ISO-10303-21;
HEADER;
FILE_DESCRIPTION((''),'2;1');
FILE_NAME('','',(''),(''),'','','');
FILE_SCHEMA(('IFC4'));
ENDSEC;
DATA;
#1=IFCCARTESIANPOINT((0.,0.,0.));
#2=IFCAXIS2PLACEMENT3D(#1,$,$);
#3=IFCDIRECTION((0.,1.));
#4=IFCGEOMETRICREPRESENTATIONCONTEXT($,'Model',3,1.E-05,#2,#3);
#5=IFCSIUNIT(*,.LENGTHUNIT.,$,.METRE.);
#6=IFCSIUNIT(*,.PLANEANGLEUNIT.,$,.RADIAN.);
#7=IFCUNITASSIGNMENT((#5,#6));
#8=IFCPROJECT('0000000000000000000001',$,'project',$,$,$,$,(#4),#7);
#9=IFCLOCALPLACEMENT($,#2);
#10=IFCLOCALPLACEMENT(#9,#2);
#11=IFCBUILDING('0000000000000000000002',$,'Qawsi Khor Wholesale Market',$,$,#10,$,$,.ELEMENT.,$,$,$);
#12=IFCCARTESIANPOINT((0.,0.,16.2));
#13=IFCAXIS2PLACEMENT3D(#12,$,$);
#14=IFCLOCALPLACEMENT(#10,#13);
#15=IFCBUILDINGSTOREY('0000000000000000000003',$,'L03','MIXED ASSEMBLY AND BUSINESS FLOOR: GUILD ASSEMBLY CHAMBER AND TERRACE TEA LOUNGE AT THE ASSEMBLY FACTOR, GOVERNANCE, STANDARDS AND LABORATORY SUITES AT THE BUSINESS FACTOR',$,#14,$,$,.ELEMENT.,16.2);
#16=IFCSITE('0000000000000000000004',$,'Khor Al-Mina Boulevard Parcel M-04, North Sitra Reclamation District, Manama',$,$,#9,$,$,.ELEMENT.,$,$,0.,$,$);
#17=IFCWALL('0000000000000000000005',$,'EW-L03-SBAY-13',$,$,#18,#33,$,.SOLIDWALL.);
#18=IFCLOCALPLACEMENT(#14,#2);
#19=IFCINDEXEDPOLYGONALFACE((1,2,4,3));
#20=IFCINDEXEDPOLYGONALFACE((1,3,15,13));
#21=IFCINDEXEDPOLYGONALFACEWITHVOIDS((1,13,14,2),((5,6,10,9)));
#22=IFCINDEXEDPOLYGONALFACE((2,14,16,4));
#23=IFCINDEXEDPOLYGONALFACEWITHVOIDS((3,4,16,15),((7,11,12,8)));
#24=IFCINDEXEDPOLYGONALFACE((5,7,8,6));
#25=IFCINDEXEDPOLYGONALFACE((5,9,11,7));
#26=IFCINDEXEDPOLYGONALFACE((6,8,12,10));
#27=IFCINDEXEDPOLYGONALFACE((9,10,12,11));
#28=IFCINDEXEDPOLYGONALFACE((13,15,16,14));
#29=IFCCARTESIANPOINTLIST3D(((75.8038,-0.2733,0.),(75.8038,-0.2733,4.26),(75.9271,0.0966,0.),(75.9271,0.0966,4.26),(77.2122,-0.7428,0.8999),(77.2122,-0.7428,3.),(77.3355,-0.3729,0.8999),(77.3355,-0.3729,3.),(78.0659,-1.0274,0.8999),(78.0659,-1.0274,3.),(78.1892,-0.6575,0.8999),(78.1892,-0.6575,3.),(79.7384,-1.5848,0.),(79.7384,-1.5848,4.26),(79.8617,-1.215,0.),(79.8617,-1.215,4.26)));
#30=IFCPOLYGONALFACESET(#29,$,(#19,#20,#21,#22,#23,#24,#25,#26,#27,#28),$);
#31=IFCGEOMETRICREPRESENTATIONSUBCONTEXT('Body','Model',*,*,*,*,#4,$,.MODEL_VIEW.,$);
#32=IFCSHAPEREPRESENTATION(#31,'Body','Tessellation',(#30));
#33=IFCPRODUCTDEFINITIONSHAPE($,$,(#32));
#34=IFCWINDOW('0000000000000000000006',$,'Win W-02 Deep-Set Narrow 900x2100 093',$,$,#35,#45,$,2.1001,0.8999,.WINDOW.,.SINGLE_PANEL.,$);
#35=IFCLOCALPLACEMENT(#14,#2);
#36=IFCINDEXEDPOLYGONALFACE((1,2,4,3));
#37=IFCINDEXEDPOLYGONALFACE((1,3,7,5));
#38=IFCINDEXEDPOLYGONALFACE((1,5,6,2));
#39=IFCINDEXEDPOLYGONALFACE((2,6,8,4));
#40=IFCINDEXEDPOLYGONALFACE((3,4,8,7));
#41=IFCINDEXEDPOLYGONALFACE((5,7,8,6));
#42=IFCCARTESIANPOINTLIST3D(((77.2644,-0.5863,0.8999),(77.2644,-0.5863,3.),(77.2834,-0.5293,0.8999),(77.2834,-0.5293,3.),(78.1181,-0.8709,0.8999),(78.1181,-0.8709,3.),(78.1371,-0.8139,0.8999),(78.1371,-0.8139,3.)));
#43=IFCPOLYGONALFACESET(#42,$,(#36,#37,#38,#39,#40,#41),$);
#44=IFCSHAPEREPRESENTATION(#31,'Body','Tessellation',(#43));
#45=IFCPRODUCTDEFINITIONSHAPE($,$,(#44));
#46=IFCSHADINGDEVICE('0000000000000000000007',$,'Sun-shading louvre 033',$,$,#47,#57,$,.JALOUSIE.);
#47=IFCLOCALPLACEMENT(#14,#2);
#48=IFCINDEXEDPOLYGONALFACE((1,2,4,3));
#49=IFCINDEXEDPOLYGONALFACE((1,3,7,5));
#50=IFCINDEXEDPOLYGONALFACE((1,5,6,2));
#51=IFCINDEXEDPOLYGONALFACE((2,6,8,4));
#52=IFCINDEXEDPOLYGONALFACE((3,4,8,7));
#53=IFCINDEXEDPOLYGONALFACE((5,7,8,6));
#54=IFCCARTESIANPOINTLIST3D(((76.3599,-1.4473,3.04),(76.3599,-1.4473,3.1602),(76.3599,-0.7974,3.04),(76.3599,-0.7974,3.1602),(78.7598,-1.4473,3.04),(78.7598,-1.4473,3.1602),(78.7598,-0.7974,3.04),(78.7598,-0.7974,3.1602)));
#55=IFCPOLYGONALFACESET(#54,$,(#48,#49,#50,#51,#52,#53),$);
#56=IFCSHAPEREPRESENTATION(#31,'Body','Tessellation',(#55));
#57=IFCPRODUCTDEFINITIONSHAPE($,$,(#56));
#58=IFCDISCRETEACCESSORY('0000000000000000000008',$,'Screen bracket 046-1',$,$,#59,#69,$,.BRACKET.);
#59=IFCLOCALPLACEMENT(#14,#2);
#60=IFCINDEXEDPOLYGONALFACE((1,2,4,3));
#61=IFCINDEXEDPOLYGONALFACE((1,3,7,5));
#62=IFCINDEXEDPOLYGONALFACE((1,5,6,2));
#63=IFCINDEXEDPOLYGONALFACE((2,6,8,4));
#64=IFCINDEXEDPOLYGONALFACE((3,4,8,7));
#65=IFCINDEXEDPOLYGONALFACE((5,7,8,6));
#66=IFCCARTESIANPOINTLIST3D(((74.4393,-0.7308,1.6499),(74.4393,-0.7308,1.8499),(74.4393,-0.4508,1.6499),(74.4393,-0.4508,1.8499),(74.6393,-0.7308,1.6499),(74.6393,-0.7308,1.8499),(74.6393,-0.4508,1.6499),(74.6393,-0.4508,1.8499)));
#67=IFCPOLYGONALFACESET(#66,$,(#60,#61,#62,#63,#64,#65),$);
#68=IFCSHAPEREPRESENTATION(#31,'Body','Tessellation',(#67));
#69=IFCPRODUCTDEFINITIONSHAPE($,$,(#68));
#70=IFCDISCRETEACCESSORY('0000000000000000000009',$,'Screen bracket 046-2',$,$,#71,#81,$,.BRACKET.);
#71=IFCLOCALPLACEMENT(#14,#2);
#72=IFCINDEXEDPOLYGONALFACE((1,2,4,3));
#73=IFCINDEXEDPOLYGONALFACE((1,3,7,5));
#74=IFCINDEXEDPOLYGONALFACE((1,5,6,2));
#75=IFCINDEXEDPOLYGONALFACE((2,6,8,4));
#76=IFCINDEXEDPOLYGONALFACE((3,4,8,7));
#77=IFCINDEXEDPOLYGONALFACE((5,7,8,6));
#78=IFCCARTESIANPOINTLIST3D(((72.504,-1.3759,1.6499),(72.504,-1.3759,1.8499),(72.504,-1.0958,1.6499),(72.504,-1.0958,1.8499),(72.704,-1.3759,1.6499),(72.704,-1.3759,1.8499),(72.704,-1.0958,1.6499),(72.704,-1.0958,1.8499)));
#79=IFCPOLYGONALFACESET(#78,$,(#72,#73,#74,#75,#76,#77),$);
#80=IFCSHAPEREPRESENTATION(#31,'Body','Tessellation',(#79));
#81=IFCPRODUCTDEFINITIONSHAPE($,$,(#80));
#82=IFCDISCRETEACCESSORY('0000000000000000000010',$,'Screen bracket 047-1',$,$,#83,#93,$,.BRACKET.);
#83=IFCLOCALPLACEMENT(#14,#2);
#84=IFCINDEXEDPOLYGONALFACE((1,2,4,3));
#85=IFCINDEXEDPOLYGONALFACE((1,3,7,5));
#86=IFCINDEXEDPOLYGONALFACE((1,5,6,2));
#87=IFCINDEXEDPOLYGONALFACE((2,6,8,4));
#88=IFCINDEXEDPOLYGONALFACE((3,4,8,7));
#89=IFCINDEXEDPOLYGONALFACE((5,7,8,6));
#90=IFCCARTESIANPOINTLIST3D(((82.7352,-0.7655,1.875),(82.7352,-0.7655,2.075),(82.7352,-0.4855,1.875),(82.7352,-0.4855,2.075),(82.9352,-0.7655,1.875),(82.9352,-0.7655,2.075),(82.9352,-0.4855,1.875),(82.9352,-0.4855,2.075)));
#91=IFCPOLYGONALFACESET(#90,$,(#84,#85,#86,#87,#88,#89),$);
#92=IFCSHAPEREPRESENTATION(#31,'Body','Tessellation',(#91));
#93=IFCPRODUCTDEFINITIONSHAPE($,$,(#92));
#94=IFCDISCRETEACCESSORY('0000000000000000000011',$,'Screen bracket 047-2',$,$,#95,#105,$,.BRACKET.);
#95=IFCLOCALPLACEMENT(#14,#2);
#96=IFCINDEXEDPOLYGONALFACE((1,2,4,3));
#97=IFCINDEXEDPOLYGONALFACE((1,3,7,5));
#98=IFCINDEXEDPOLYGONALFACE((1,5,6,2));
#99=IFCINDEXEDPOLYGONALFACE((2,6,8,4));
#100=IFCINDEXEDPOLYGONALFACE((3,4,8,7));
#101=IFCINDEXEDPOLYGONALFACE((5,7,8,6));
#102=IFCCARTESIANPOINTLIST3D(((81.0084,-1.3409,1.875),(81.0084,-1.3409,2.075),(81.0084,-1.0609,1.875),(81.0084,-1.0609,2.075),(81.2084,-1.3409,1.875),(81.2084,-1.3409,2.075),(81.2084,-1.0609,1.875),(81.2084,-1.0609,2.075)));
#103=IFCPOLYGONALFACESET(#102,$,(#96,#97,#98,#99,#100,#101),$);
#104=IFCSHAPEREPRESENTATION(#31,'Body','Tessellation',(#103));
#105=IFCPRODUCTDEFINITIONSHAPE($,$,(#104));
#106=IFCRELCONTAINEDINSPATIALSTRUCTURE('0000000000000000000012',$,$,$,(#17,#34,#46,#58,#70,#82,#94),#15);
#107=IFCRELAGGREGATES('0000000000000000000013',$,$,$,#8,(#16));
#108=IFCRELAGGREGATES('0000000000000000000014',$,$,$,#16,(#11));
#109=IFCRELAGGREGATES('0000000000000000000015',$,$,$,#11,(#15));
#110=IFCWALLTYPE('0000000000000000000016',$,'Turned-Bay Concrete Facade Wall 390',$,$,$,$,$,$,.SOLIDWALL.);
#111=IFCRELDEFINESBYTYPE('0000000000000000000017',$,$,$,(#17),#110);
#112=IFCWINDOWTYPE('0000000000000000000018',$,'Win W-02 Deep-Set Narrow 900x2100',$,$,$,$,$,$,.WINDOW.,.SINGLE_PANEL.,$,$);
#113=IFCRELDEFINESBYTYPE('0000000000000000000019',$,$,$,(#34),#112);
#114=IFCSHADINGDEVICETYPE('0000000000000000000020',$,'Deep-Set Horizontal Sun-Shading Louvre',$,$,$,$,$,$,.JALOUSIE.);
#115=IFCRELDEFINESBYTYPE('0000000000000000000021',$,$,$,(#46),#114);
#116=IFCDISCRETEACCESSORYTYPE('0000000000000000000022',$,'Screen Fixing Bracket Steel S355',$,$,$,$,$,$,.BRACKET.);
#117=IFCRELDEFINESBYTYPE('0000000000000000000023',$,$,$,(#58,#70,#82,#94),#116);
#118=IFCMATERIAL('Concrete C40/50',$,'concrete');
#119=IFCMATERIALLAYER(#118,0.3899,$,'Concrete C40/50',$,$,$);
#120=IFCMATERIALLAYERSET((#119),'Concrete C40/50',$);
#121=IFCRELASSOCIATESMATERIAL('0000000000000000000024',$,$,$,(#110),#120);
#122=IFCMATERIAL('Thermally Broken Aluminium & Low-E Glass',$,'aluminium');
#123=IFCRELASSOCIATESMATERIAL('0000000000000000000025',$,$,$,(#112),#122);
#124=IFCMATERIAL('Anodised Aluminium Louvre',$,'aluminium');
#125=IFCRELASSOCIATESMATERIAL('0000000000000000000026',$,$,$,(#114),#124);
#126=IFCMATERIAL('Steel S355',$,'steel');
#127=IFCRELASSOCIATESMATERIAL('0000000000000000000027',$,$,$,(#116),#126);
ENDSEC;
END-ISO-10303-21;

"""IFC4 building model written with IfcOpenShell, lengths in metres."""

from ifc_helpers import new_model, si_unit, direction, frame, frame_2d, origin, origin_2d, place, context, subcontext, project, spatial, rectangle, extrude, material, layer, layer_set, type_object, element, fill, save


model = new_model("IFC4")

# Units and contexts
model_context = context("Model", 3, precision=1e-05, world=origin(), true_north=direction((0.0, 1.0)))
body_context = subcontext(model_context, "Body", "Model", "MODEL_VIEW")
ifc_project = project(units=[si_unit("LENGTHUNIT", "METRE"), si_unit("PLANEANGLEUNIT", "RADIAN")], contexts=[model_context])

# Site, building, storey
site_placement = place(None, origin())
site = spatial("IfcSite", under=ifc_project, at=site_placement, Name="Khor Al-Mina Boulevard Parcel M-04, North Sitra Reclamation District, Manama", CompositionType="ELEMENT", RefElevation=0.0)
building_placement = place(site_placement, origin())
building = spatial("IfcBuilding", under=site, at=building_placement, Name="Qawsi Khor Wholesale Market", CompositionType="ELEMENT")
storey_placement = place(building_placement, frame((0.0, 0.0, 16.2)))
storey = spatial("IfcBuildingStorey", under=building, at=storey_placement, Name="L03", Description="MIXED ASSEMBLY AND BUSINESS FLOOR: GUILD ASSEMBLY CHAMBER AND TERRACE TEA LOUNGE AT THE ASSEMBLY FACTOR, GOVERNANCE, STANDARDS AND LABORATORY SUITES AT THE BUSINESS FACTOR", CompositionType="ELEMENT", Elevation=16.2)

# Shared definitions
ifc_material_1 = material(Name="Concrete C40/50", Category="concrete")

# Wall, opening, window
ifc_material_2 = material(Name="Thermally Broken Aluminium & Low-E Glass", Category="aluminium")
ifc_layer_1 = layer(ifc_material_1, 0.3899, Name="Concrete C40/50")
ifc_layer_set_1 = layer_set([ifc_layer_1], Name="Concrete C40/50")
wall_type_1 = type_object("IfcWallType", Name="Turned-Bay Concrete Facade Wall 390", PredefinedType="SOLIDWALL", material=ifc_layer_set_1)
wall_1_placement = place(storey_placement, frame((79.8, -1.3999, 0.0), z_axis=(0.0, 0.0, 1.0), x_axis=(-0.948683, 0.316228, 0.0)))
wall_1 = element("IfcWall", 1, at=wall_1_placement, inside=storey, type_object=wall_type_1, Name="EW-L03-SBAY-13", PredefinedType="SOLIDWALL", context=body_context, shape_type="SweptSolid", body=[
    extrude(rectangle(XDim=4.1475, YDim=0.3899, at=frame_2d((2.0737, 0.0))), origin(), (0.0, 0.0, 1.0), 4.26),
])
opening_1_placement = place(wall_1_placement, frame((1.7629, 0.0, 0.8999)))
opening_1 = element("IfcOpeningElement", 2, at=opening_1_placement, cuts=wall_1, PredefinedType="OPENING", context=body_context, shape_type="SweptSolid", body=[
    extrude(rectangle(XDim=0.8999, YDim=2.1001, at=frame_2d((0.45, 1.05))), frame((0.0, 0.2048, 0.0), z_axis=(0.0, -1.0, 0.0), x_axis=(1.0, 0.0, 0.0)), (0.0, 0.0, 1.0), 0.4099),
])
window_type_1 = type_object("IfcWindowType", Name="Win W-02 Deep-Set Narrow 900x2100", PartitioningType="SINGLE_PANEL", PredefinedType="WINDOW", material=ifc_material_2)
window_1_placement = place(opening_1_placement, origin())
window_1 = element("IfcWindow", 3, at=window_1_placement, inside=storey, type_object=window_type_1, Name="Win W-02 Deep-Set Narrow 900x2100 093", OverallHeight=2.1001, OverallWidth=0.8999, PartitioningType="SINGLE_PANEL", PredefinedType="WINDOW", context=body_context, shape_type="SweptSolid", body=[
    extrude(rectangle(XDim=0.8999, YDim=2.1001, at=frame_2d((0.45, 1.05))), frame((0.0, 0.03, 0.0), z_axis=(0.0, -1.0, 0.0), x_axis=(1.0, 0.0, 0.0)), (0.0, 0.0, 1.0), 0.0601),
])
fill(opening_1, window_1)

# Shading device
ifc_material_3 = material(Name="Anodised Aluminium Louvre", Category="aluminium")
shading_device_type = type_object("IfcShadingDeviceType", Name="Deep-Set Horizontal Sun-Shading Louvre", PredefinedType="JALOUSIE", material=ifc_material_3)
shading_device_placement = place(storey_placement, frame((77.5598, -1.1223, 3.04), z_axis=(0.0, 0.0, 1.0), x_axis=(1.0, 0.0, 0.0)))
element("IfcShadingDevice", 4, at=shading_device_placement, inside=storey, type_object=shading_device_type, Name="Sun-shading louvre 033", PredefinedType="JALOUSIE", context=body_context, shape_type="SweptSolid", body=[
    extrude(rectangle(XDim=2.3999, YDim=0.6499, at=origin_2d()), origin(), (0.0, 0.0, 1.0), 0.1201),
])

# Discrete accessories
ifc_material_4 = material(Name="Steel S355", Category="steel")
discrete_accessory_type = type_object("IfcDiscreteAccessoryType", Name="Screen Fixing Bracket Steel S355", PredefinedType="BRACKET", material=ifc_material_4)
for number, where, z_axis, x_axis, name in (
    (5, (74.5393, -0.5908, 1.6499), (0.0, 0.0, 1.0), (1.0, 0.0, 0.0), "Screen bracket 046-1"),
    (6, (72.604, -1.2358, 1.6499), (0.0, 0.0, 1.0), (1.0, 0.0, 0.0), "Screen bracket 046-2"),
    (7, (82.8352, -0.6255, 1.875), (0.0, 0.0, 1.0), (1.0, 0.0, 0.0), "Screen bracket 047-1"),
    (8, (81.1084, -1.2009, 1.875), (0.0, 0.0, 1.0), (1.0, 0.0, 0.0), "Screen bracket 047-2"),
):
    element("IfcDiscreteAccessory", number, at=place(storey_placement, frame(where, z_axis=z_axis, x_axis=x_axis)), inside=storey, type_object=discrete_accessory_type, Name=name, PredefinedType="BRACKET", context=body_context, shape_type="SweptSolid", body=[
        extrude(rectangle(XDim=0.2, YDim=0.28, at=origin_2d()), origin(), (0.0, 0.0, 1.0), 0.2),
    ])

save(model, "model.ifc")
